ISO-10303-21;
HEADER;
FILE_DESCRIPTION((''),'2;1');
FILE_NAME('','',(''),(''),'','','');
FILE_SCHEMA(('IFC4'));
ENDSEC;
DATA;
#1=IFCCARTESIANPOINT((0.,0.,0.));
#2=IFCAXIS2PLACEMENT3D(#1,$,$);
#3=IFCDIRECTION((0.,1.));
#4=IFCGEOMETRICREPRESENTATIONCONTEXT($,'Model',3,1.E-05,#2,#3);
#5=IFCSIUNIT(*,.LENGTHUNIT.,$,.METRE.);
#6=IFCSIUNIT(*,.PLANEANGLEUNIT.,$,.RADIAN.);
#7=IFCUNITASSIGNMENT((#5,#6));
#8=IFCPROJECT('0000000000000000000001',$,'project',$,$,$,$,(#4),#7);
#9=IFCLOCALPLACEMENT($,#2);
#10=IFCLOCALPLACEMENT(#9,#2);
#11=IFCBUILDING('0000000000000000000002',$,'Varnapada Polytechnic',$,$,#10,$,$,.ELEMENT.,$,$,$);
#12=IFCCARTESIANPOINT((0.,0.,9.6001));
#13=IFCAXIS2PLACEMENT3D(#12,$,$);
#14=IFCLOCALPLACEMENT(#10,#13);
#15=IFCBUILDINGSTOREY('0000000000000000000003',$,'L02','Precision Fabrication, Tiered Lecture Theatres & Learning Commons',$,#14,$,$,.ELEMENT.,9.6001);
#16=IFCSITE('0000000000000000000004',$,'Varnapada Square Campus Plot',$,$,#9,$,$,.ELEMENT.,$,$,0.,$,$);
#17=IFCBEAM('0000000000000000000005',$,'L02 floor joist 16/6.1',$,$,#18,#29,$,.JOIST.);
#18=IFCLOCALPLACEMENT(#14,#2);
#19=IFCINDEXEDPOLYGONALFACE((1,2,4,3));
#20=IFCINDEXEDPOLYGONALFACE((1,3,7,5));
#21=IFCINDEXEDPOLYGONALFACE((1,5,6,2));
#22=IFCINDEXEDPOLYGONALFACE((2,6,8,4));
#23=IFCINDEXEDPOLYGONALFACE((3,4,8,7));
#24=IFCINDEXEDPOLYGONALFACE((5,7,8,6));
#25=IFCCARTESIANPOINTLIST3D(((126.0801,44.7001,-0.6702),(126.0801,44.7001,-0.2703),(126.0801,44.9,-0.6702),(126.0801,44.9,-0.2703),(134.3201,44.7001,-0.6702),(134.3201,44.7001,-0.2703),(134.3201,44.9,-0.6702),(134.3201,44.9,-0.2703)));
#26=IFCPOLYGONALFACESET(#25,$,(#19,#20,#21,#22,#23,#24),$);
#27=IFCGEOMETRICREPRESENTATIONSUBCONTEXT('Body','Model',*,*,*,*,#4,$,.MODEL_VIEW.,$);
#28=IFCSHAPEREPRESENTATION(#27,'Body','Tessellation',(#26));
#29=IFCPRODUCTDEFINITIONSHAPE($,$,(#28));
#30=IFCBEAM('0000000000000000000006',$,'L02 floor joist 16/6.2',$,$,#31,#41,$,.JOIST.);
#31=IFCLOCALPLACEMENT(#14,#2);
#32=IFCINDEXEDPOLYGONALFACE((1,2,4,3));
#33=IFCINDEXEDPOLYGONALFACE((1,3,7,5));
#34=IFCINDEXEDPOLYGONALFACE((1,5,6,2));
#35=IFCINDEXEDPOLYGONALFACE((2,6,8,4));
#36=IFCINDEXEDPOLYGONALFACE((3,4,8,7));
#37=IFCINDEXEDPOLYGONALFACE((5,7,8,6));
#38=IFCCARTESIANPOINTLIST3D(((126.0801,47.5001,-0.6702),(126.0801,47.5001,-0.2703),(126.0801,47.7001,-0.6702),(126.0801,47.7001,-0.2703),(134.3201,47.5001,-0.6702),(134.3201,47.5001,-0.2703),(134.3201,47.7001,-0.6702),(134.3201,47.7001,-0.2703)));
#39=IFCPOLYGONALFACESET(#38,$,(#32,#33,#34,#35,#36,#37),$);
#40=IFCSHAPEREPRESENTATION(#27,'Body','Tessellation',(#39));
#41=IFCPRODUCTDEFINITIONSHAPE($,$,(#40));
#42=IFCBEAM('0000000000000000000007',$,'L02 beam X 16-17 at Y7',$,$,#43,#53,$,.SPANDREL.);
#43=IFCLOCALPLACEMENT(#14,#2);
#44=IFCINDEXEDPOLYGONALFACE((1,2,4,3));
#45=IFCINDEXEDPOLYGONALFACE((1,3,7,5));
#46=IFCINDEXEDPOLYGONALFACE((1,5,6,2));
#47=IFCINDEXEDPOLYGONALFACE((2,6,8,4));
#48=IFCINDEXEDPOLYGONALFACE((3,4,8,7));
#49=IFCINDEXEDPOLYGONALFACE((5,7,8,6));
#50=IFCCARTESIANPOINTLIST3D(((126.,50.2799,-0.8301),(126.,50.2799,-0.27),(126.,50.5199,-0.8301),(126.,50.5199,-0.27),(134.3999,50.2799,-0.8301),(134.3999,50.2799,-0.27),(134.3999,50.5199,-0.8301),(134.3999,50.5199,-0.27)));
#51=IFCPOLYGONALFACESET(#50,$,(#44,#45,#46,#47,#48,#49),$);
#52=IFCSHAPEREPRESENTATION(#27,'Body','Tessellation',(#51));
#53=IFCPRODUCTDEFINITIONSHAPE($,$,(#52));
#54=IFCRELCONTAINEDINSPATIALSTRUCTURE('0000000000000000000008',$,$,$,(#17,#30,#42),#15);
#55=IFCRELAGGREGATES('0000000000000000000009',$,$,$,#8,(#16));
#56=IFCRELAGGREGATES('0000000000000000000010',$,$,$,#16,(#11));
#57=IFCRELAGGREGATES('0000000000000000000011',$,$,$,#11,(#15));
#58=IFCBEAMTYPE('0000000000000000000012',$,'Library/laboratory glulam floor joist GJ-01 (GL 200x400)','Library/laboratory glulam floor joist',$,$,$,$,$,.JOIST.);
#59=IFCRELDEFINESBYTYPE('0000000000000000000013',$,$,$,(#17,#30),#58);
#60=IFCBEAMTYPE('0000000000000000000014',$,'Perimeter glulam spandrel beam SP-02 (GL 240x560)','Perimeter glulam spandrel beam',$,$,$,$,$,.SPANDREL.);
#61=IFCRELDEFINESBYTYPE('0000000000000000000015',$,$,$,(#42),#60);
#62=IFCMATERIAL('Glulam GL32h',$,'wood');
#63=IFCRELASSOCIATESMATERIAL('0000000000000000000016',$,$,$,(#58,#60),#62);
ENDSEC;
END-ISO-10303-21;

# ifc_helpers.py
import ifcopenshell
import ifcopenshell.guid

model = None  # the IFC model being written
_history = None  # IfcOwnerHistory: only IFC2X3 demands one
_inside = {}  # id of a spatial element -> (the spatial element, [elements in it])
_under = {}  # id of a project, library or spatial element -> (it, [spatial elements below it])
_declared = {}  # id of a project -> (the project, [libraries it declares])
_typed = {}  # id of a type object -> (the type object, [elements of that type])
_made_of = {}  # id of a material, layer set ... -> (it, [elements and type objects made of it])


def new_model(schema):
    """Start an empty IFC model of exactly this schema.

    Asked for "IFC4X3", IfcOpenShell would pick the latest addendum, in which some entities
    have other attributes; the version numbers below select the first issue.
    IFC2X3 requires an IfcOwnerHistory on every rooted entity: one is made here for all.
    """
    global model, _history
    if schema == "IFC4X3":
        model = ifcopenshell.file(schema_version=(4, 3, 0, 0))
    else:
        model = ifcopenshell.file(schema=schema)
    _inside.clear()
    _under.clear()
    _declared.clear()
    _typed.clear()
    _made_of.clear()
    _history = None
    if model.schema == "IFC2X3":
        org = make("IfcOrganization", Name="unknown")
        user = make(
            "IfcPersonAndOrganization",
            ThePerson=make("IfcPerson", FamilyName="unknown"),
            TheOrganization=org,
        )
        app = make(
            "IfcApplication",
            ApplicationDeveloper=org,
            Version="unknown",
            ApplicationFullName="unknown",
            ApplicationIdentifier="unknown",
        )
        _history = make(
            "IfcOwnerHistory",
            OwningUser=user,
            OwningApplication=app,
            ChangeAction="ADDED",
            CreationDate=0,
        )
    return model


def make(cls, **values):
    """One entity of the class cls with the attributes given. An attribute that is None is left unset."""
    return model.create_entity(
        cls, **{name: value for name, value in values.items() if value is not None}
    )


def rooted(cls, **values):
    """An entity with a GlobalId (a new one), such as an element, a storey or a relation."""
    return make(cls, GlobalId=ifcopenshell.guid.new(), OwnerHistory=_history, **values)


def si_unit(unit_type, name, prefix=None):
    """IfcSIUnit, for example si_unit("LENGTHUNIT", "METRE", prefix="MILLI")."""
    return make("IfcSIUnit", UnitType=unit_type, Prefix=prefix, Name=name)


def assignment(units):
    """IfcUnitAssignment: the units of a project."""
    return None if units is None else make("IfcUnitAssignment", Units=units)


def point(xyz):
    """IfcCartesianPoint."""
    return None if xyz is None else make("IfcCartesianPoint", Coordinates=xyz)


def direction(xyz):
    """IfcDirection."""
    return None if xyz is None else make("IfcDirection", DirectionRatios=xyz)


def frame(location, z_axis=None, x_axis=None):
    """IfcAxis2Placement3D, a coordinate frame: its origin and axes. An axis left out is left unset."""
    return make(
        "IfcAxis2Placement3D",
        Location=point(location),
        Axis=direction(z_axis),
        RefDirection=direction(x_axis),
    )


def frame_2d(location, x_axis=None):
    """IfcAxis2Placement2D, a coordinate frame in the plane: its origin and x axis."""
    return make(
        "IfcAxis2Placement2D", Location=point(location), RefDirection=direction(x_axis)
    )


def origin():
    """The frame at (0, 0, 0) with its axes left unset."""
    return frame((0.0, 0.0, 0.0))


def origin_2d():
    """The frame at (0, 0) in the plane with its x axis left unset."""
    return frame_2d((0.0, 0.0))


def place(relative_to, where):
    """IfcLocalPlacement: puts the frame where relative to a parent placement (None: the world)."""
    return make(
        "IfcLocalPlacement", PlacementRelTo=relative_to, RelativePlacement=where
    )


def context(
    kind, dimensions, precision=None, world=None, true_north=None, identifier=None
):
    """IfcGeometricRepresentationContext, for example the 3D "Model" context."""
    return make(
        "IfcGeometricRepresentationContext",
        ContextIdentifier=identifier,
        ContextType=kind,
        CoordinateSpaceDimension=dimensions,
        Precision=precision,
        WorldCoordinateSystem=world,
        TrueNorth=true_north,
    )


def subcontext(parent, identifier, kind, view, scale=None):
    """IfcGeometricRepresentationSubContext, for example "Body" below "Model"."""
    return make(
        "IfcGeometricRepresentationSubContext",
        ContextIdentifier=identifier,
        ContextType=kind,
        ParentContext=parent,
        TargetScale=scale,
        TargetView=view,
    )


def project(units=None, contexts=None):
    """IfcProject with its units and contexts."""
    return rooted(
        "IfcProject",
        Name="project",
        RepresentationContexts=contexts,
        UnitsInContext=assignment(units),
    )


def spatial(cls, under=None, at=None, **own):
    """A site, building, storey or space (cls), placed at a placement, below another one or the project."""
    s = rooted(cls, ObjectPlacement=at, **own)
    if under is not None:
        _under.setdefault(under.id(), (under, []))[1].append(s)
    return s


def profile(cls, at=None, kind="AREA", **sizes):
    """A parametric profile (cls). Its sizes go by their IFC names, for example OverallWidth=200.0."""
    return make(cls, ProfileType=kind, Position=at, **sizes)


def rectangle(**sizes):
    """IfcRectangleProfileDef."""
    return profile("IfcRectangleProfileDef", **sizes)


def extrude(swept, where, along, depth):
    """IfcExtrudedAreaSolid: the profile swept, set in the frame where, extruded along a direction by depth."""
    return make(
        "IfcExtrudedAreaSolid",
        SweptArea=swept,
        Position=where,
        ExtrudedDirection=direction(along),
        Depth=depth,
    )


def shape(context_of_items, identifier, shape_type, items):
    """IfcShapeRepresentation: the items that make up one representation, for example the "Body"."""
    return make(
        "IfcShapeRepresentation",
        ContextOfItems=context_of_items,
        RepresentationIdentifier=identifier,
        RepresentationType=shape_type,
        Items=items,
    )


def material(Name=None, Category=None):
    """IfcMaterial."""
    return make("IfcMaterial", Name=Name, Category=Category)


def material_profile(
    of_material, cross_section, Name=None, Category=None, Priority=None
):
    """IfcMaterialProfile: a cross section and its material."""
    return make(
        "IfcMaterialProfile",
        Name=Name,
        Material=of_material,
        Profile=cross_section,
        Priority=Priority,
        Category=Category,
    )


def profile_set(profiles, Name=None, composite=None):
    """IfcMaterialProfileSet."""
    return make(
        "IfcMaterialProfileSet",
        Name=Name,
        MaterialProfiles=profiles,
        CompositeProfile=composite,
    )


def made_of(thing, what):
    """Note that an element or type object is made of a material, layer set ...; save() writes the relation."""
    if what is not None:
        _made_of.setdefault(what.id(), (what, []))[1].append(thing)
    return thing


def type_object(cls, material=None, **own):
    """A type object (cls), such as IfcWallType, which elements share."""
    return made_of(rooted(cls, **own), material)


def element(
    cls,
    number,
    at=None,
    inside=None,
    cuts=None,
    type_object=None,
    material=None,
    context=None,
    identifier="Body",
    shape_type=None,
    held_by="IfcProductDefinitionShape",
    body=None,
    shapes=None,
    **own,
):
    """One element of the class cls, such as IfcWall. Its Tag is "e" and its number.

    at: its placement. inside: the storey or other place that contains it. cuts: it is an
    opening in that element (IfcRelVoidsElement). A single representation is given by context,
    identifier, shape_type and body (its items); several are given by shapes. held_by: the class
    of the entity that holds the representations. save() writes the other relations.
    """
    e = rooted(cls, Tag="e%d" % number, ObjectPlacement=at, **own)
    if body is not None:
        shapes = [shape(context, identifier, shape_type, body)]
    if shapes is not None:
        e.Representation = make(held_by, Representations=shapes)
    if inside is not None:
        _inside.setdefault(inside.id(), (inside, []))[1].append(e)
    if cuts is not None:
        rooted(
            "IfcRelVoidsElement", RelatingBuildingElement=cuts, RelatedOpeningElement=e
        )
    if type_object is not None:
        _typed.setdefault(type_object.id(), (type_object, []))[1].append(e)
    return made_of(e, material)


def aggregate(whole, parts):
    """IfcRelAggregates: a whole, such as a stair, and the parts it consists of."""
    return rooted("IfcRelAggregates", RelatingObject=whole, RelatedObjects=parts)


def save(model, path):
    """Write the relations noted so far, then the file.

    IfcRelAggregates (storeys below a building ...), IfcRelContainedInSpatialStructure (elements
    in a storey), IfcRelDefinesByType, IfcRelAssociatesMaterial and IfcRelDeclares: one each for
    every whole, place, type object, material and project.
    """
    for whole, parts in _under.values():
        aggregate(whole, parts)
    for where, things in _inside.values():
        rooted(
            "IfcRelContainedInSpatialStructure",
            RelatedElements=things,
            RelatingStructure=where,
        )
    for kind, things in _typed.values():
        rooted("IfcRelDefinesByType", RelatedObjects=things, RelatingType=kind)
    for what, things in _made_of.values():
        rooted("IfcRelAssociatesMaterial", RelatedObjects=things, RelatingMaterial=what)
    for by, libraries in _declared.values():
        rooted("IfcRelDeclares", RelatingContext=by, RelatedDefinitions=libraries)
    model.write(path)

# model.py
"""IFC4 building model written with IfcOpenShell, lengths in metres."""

from ifc_helpers import new_model, si_unit, direction, frame, origin, origin_2d, place, context, subcontext, project, spatial, rectangle, extrude, material, material_profile, profile_set, type_object, element, save


model = new_model("IFC4")

# Units and contexts
model_context = context("Model", 3, precision=1e-05, world=origin(), true_north=direction((0.0, 1.0)))
body_context = subcontext(model_context, "Body", "Model", "MODEL_VIEW")
ifc_project = project(units=[si_unit("LENGTHUNIT", "METRE"), si_unit("PLANEANGLEUNIT", "RADIAN")], contexts=[model_context])

# Site, building, storey
site_placement = place(None, origin())
site = spatial("IfcSite", under=ifc_project, at=site_placement, Name="Varnapada Square Campus Plot", CompositionType="ELEMENT", RefElevation=0.0)
building_placement = place(site_placement, origin())
building = spatial("IfcBuilding", under=site, at=building_placement, Name="Varnapada Polytechnic", CompositionType="ELEMENT")
storey_placement = place(building_placement, frame((0.0, 0.0, 9.6001)))
storey = spatial("IfcBuildingStorey", under=building, at=storey_placement, Name="L02", Description="Precision Fabrication, Tiered Lecture Theatres & Learning Commons", CompositionType="ELEMENT", Elevation=9.6001)

# Beams
ifc_material_1 = material(Name="Glulam GL32h", Category="wood")
ifc_material_profile_1 = material_profile(ifc_material_1, rectangle(XDim=0.2, YDim=0.3999, at=origin_2d()), Name="GL 200x400")
ifc_profile_set_1 = profile_set([ifc_material_profile_1], Name="Glulam GL32h")
beam_type_1 = type_object("IfcBeamType", Name="Library/laboratory glulam floor joist GJ-01 (GL 200x400)", Description="Library/laboratory glulam floor joist", PredefinedType="JOIST", material=ifc_profile_set_1)
for number, where, z_axis, x_axis, name in (
    (1, (126.0801, 44.8, -0.4702), (1.0, 0.0, 0.0), (0.0, 1.0, 0.0), "L02 floor joist 16/6.1"),
    (2, (126.0801, 47.6001, -0.4702), (1.0, 0.0, 0.0), (0.0, 1.0, 0.0), "L02 floor joist 16/6.2"),
):
    element("IfcBeam", number, at=place(storey_placement, frame(where, z_axis=z_axis, x_axis=x_axis)), inside=storey, type_object=beam_type_1, Name=name, PredefinedType="JOIST", context=body_context, shape_type="SweptSolid", body=[
        extrude(rectangle(XDim=0.2, YDim=0.3999, at=origin_2d()), origin(), (0.0, 0.0, 1.0), 8.24),
    ])
ifc_material_profile_2 = material_profile(ifc_material_1, rectangle(XDim=0.24, YDim=0.5601, at=origin_2d()), Name="GL 240x560")
ifc_profile_set_2 = profile_set([ifc_material_profile_2], Name="Glulam GL32h")
beam_type_2 = type_object("IfcBeamType", Name="Perimeter glulam spandrel beam SP-02 (GL 240x560)", Description="Perimeter glulam spandrel beam", PredefinedType="SPANDREL", material=ifc_profile_set_2)
beam_placement = place(storey_placement, frame((126.0, 50.3999, -0.55), z_axis=(1.0, 0.0, 0.0), x_axis=(0.0, 1.0, 0.0)))
element("IfcBeam", 3, at=beam_placement, inside=storey, type_object=beam_type_2, Name="L02 beam X 16-17 at Y7", PredefinedType="SPANDREL", context=body_context, shape_type="SweptSolid", body=[
    extrude(rectangle(XDim=0.24, YDim=0.5601, at=origin_2d()), origin(), (0.0, 0.0, 1.0), 8.3999),
])

save(model, "model.ifc")
